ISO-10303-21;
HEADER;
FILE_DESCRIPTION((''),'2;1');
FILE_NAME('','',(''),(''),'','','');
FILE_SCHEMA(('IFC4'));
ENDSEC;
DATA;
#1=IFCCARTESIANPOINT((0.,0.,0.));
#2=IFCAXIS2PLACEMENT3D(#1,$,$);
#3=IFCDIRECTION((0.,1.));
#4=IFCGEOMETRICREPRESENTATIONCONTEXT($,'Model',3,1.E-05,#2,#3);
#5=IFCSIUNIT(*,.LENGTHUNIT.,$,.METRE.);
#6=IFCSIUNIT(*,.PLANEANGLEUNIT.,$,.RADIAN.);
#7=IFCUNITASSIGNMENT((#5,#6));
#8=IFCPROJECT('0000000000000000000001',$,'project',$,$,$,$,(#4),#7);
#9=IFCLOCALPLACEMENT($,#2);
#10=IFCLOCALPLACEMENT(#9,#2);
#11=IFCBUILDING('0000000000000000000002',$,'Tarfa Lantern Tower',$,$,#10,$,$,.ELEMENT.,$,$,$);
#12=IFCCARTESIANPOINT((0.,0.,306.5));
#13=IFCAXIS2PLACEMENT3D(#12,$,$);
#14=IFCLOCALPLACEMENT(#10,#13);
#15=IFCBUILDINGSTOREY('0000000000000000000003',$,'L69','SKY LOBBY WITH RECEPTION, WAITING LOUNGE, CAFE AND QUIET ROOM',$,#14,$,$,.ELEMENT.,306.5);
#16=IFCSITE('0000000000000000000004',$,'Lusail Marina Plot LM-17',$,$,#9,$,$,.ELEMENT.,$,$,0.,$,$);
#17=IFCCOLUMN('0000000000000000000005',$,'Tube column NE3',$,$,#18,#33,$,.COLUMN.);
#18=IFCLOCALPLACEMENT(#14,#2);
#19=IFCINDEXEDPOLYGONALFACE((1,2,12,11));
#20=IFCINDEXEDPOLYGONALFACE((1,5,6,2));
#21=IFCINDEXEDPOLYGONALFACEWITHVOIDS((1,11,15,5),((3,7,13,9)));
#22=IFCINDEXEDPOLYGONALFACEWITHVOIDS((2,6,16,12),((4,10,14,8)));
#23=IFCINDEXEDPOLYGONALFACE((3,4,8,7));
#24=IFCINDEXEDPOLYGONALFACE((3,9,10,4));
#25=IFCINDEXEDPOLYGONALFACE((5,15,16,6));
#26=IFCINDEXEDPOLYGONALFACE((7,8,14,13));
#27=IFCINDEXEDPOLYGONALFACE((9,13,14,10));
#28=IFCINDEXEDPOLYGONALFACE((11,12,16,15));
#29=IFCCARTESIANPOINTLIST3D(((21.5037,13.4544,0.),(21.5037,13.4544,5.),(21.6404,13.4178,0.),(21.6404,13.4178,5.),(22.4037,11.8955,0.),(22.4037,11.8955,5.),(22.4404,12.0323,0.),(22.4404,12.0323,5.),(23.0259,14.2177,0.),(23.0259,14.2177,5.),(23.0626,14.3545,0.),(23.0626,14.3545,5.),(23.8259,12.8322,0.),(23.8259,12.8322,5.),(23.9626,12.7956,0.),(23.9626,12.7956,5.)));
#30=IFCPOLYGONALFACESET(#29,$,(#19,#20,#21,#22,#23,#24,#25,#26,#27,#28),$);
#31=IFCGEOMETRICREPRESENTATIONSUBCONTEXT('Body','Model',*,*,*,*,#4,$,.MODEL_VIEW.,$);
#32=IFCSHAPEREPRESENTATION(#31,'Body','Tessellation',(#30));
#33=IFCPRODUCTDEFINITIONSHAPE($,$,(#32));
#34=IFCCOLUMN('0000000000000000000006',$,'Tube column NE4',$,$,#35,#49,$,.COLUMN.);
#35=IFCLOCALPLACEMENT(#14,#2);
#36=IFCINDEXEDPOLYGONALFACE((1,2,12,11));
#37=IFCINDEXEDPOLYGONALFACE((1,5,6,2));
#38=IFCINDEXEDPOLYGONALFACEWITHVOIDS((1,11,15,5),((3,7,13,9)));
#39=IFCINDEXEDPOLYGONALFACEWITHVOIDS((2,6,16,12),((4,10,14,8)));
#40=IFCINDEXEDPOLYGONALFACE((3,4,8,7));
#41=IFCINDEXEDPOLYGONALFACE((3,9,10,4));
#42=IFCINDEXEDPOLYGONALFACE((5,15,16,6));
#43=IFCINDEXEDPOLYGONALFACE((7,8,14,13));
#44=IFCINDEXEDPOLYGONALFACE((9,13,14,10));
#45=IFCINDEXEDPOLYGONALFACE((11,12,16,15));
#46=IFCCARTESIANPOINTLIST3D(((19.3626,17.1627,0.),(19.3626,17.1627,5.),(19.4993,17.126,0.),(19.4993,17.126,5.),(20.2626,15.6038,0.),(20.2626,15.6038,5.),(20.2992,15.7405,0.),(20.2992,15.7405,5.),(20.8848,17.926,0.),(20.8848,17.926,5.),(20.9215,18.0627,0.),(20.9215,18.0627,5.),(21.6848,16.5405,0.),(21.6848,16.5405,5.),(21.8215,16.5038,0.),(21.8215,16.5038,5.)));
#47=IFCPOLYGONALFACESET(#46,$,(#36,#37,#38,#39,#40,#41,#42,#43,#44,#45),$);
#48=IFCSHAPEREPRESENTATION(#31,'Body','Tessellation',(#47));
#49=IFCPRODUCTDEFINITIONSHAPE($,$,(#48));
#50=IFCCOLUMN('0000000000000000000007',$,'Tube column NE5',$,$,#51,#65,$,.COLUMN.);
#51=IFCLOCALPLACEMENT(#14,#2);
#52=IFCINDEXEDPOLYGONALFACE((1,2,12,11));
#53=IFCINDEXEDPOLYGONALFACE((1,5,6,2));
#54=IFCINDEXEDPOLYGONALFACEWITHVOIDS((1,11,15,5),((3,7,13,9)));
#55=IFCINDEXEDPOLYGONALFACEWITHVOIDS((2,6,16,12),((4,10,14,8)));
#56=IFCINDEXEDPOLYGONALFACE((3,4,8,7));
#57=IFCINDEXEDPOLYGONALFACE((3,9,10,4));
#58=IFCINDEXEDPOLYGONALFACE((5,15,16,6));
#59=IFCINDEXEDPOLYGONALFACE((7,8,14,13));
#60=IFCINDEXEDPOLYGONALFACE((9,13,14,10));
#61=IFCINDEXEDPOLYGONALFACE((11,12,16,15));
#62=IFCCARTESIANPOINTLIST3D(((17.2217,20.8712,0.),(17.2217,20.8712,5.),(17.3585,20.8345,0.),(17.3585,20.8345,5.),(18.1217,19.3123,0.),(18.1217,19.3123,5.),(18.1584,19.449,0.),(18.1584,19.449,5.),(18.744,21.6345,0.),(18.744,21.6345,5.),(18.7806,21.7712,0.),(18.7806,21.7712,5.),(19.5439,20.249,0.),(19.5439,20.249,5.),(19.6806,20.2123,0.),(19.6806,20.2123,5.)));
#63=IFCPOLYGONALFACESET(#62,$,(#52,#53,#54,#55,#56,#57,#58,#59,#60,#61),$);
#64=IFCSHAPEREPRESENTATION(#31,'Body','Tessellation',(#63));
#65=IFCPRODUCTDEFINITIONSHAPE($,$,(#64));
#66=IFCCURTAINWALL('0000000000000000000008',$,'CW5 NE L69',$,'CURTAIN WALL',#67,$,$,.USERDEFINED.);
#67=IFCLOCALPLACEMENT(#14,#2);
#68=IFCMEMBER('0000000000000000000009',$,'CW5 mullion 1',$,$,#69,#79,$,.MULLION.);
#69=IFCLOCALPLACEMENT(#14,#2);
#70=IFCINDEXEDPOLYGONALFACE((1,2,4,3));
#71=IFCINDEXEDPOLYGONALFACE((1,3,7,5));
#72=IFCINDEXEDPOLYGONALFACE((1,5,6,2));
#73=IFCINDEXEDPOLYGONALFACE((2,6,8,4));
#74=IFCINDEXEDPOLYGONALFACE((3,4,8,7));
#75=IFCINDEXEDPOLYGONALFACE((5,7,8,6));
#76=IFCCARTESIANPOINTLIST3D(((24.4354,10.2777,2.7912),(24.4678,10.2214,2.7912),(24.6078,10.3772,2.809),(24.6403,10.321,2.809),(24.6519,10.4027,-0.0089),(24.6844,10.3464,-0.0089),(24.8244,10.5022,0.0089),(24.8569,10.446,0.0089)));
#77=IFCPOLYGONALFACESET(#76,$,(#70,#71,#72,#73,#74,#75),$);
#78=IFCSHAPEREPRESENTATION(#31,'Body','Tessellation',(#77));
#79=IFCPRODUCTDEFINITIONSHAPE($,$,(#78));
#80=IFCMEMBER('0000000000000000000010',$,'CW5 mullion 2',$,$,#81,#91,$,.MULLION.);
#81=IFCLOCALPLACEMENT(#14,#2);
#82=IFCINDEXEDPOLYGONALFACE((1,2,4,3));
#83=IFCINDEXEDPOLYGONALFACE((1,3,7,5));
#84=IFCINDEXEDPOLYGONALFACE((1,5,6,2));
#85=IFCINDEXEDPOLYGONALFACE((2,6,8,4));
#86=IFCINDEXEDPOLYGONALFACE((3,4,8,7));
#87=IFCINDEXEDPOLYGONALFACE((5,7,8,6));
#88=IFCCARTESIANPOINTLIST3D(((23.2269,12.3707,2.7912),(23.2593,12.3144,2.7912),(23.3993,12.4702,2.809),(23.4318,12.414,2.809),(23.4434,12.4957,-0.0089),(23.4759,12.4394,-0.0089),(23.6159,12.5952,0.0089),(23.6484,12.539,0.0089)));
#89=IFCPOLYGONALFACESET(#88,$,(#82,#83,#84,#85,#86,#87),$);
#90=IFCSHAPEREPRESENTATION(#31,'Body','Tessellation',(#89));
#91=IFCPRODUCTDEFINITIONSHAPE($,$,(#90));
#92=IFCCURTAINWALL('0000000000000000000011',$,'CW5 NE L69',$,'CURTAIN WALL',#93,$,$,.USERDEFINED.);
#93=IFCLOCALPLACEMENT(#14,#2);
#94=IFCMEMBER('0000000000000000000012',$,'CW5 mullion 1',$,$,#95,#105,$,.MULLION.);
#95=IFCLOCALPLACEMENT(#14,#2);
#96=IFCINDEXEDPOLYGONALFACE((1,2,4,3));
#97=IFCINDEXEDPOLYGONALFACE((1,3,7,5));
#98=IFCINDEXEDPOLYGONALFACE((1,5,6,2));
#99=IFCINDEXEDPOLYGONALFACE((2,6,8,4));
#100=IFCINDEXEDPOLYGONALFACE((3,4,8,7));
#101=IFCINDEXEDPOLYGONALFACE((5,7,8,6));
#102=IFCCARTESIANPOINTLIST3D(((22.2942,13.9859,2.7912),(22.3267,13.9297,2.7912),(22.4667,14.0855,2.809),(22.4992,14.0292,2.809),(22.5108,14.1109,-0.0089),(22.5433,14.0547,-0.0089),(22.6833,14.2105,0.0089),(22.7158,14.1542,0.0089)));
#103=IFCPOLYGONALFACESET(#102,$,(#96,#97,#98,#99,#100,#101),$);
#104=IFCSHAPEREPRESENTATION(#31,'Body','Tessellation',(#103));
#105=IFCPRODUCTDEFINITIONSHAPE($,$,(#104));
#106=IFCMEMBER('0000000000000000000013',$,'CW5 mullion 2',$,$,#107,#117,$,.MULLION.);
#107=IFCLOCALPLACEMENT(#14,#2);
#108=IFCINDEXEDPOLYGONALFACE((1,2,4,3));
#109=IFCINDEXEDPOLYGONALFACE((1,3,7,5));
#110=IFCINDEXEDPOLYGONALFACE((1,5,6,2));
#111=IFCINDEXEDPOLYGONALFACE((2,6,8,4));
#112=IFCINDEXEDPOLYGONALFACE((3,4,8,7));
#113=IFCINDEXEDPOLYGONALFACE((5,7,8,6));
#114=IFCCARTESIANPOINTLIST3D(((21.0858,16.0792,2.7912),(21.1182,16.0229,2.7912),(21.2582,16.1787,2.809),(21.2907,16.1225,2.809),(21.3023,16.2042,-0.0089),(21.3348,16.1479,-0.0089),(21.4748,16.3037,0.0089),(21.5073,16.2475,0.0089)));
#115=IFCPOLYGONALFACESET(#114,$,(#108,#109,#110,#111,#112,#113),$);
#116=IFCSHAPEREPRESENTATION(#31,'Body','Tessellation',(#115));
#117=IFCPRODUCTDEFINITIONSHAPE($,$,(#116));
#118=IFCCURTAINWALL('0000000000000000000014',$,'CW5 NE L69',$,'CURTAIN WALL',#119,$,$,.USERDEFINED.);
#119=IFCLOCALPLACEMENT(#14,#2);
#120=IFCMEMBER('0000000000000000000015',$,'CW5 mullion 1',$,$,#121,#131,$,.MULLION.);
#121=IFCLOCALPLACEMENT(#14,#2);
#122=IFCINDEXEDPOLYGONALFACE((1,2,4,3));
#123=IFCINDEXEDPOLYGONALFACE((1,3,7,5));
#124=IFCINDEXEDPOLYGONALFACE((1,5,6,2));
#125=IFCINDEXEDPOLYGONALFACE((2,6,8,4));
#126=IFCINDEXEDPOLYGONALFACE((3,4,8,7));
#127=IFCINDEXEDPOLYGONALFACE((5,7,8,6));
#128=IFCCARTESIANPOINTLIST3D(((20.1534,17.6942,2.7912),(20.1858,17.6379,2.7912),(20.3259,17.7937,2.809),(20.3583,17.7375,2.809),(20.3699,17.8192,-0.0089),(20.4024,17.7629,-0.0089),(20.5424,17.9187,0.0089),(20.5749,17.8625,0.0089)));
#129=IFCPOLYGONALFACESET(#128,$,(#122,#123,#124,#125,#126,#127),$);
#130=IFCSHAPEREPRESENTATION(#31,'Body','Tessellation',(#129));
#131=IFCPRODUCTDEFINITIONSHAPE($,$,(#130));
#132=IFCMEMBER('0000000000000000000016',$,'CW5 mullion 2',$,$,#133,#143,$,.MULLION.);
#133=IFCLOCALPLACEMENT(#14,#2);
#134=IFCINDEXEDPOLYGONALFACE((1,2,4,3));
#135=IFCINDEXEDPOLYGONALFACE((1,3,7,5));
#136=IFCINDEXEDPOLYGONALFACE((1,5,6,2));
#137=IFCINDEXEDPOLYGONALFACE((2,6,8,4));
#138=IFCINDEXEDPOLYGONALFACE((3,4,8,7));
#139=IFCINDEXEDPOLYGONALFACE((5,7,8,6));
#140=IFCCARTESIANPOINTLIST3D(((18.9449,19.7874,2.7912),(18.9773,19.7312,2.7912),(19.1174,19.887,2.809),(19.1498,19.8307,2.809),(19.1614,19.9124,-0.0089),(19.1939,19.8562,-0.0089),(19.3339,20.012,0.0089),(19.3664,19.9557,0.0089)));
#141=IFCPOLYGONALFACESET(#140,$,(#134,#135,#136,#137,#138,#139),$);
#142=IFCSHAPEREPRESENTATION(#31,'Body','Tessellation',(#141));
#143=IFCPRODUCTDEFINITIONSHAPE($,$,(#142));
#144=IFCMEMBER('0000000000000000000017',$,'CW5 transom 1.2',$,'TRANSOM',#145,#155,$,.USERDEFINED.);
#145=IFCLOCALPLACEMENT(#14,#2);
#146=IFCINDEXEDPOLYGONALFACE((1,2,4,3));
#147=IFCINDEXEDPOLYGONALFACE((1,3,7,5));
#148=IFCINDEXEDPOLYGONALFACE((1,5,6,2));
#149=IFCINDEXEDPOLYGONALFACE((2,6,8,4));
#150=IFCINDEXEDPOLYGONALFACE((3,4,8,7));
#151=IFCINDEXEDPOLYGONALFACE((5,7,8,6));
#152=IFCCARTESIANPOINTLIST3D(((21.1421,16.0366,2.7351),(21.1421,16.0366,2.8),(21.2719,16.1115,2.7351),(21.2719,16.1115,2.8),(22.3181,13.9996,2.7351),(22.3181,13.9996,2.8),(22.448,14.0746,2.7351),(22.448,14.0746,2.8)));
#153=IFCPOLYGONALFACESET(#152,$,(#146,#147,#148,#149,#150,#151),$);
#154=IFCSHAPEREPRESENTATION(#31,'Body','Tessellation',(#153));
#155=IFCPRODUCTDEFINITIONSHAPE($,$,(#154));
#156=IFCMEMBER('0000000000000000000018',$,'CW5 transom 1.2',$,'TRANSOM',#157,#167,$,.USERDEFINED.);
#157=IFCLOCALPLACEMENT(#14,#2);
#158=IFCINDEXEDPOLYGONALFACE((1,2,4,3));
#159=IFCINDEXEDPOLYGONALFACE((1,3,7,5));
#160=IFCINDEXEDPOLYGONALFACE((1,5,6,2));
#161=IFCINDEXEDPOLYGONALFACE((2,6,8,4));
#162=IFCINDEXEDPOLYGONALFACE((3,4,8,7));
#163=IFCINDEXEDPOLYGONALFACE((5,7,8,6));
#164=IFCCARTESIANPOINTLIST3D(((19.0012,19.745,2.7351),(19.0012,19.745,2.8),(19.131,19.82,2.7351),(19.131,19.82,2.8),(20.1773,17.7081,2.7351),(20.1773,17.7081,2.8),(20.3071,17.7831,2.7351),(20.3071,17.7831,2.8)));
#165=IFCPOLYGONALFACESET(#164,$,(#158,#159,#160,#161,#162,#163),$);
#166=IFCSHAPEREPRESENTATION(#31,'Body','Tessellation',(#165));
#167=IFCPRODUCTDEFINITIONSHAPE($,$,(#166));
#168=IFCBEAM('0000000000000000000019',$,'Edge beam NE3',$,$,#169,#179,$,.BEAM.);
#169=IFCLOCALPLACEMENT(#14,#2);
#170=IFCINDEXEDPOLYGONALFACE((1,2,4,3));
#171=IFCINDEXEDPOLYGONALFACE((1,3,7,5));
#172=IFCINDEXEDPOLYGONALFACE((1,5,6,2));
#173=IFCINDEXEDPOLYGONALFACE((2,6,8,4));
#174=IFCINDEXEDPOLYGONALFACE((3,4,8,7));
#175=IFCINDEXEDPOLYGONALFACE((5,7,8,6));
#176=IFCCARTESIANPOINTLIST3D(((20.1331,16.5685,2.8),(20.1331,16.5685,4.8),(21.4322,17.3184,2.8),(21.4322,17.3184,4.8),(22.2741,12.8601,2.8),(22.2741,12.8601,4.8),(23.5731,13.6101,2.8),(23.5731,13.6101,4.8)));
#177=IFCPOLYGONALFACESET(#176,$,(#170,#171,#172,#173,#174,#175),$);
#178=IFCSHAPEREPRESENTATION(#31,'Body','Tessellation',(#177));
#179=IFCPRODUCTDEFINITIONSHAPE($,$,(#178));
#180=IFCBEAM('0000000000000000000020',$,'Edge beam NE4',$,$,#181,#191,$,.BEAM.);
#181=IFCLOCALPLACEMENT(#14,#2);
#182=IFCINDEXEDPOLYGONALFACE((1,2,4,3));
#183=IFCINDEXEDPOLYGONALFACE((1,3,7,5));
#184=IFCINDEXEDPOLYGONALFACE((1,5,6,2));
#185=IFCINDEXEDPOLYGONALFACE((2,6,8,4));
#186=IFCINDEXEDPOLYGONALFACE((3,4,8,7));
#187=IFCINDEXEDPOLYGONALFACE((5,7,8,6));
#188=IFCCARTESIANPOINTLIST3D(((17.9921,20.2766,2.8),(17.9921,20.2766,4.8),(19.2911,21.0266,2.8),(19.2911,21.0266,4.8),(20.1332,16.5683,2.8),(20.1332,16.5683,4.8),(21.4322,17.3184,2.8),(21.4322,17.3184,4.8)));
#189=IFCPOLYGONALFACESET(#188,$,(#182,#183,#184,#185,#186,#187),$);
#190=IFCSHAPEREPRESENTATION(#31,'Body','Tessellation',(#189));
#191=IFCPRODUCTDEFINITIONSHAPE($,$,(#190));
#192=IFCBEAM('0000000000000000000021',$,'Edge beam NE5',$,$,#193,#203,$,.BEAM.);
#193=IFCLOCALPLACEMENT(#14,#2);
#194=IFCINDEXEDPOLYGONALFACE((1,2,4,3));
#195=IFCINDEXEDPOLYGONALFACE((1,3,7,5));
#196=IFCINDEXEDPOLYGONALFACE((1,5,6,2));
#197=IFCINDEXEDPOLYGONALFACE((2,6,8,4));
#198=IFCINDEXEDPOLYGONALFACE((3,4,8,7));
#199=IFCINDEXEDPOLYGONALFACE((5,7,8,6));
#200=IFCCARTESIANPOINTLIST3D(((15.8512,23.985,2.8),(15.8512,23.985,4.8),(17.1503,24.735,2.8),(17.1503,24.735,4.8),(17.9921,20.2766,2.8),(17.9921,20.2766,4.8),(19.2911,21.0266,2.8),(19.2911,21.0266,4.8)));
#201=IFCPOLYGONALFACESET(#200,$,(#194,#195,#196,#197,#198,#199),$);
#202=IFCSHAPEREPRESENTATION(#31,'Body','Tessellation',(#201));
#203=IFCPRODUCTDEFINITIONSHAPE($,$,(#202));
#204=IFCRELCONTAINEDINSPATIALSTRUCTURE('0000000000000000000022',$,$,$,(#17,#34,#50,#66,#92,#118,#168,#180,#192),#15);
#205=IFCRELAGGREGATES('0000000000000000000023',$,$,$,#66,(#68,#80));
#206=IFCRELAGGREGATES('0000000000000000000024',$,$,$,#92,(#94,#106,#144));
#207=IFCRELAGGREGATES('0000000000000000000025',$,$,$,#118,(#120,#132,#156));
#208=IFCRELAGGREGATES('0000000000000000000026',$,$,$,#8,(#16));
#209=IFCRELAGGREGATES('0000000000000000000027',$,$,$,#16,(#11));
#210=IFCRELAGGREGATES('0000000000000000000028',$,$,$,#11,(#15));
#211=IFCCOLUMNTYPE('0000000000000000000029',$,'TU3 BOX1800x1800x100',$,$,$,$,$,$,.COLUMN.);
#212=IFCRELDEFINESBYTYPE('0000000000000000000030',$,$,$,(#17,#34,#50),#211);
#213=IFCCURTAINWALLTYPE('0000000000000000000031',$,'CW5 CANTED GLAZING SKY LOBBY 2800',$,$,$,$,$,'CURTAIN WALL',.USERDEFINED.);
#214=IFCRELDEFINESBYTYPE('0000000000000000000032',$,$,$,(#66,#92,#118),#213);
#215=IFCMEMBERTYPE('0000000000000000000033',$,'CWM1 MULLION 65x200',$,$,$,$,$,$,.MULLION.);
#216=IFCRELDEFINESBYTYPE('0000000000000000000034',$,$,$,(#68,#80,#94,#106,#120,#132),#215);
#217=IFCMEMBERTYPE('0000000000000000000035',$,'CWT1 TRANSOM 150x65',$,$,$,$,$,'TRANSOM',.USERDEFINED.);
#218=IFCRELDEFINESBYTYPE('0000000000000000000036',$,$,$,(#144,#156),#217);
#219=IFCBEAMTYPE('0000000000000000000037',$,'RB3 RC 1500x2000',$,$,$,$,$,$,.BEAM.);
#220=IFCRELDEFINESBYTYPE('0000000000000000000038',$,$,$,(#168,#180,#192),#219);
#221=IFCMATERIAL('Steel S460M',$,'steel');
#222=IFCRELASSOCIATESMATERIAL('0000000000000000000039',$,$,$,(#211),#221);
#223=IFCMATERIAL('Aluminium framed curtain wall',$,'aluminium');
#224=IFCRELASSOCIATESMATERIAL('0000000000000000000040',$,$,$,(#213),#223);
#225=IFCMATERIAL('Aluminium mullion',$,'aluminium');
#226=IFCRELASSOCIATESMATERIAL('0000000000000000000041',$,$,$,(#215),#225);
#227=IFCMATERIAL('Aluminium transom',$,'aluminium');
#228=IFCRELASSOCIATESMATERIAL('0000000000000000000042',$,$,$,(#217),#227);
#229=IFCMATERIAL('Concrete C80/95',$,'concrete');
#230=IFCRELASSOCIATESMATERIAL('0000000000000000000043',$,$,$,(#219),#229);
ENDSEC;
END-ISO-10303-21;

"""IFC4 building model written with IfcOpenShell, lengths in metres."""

from ifc_helpers import new_model, si_unit, direction, frame, origin, origin_2d, place, context, subcontext, project, spatial, rectangle, hollow_rectangle, extrude, material, material_profile, profile_set, type_object, element, aggregate, save


model = new_model("IFC4")

# Units and contexts
model_context = context("Model", 3, precision=1e-05, world=origin(), true_north=direction((0.0, 1.0)))
body_context = subcontext(model_context, "Body", "Model", "MODEL_VIEW")
ifc_project = project(units=[si_unit("LENGTHUNIT", "METRE"), si_unit("PLANEANGLEUNIT", "RADIAN")], contexts=[model_context])

# Site, building, storey
site_placement = place(None, origin())
site = spatial("IfcSite", under=ifc_project, at=site_placement, Name="Lusail Marina Plot LM-17", CompositionType="ELEMENT", RefElevation=0.0)
building_placement = place(site_placement, origin())
building = spatial("IfcBuilding", under=site, at=building_placement, Name="Tarfa Lantern Tower", CompositionType="ELEMENT")
storey_placement = place(building_placement, frame((0.0, 0.0, 306.5)))
storey = spatial("IfcBuildingStorey", under=building, at=storey_placement, Name="L69", Description="SKY LOBBY WITH RECEPTION, WAITING LOUNGE, CAFE AND QUIET ROOM", CompositionType="ELEMENT", Elevation=306.5)

# Columns
ifc_material_1 = material(Name="Steel S460M", Category="steel")
ifc_material_profile_1 = material_profile(ifc_material_1, hollow_rectangle(XDim=1.8, YDim=1.8, WallThickness=0.1001, at=origin_2d()), Name="BOX1800x1800x100")
ifc_profile_set_1 = profile_set([ifc_material_profile_1], Name="Steel S460M")
column_type = type_object("IfcColumnType", Name="TU3 BOX1800x1800x100", PredefinedType="COLUMN", material=ifc_profile_set_1)
for number, where, z_axis, x_axis, name in (
    (1, (22.7332, 13.125, 0.0), (0.0, 0.0, 1.0), (-0.5, 0.866025, 0.0), "Tube column NE3"),
    (2, (20.592, 16.8333, 0.0), (0.0, 0.0, 1.0), (-0.5, 0.866025, 0.0), "Tube column NE4"),
    (3, (18.4512, 20.5417, 0.0), (0.0, 0.0, 1.0), (-0.5, 0.866025, 0.0), "Tube column NE5"),
):
    element("IfcColumn", number, at=place(storey_placement, frame(where, z_axis=z_axis, x_axis=x_axis)), inside=storey, type_object=column_type, Name=name, PredefinedType="COLUMN", context=body_context, shape_type="SweptSolid", body=[
        extrude(hollow_rectangle(XDim=1.8, YDim=1.8, WallThickness=0.1001, at=origin_2d()), origin(), (0.0, 0.0, 1.0), 5.0),
    ])

# Curtain walls, members
ifc_material_2 = material(Name="Aluminium framed curtain wall", Category="aluminium")
curtain_wall_type = type_object("IfcCurtainWallType", Name="CW5 CANTED GLAZING SKY LOBBY 2800", ElementType="CURTAIN WALL", PredefinedType="USERDEFINED", material=ifc_material_2)
curtain_wall_1_placement = place(storey_placement, origin())
curtain_wall_1 = element("IfcCurtainWall", 4, at=curtain_wall_1_placement, inside=storey, type_object=curtain_wall_type, Name="CW5 NE L69", ObjectType="CURTAIN WALL", PredefinedType="USERDEFINED")
ifc_material_3 = material(Name="Aluminium mullion", Category="aluminium")
ifc_material_profile_2 = material_profile(ifc_material_3, rectangle(XDim=0.0649, YDim=0.2, at=origin_2d()), Name="AL MULLION 65x200")
ifc_profile_set_2 = profile_set([ifc_material_profile_2], Name="Aluminium mullion")
member_type_1 = type_object("IfcMemberType", Name="CWM1 MULLION 65x200", PredefinedType="MULLION", material=ifc_profile_set_2)
member_1_placement = place(storey_placement, frame((24.7544, 10.4243, 0.0), z_axis=(-0.077032, -0.044465, 0.996037), x_axis=(0.49992, -0.866072, 0.0)))
member_1 = element("IfcMember", 5, at=member_1_placement, type_object=member_type_1, Name="CW5 mullion 1", PredefinedType="MULLION", context=body_context, shape_type="SweptSolid", body=[
    extrude(rectangle(XDim=0.0649, YDim=0.2, at=origin_2d()), origin(), (0.0, 0.0, 1.0), 2.8113),
])
member_2_placement = place(storey_placement, frame((23.5459, 12.5173, 0.0), z_axis=(-0.077032, -0.044465, 0.996037), x_axis=(0.49992, -0.866072, 0.0)))
member_2 = element("IfcMember", 6, at=member_2_placement, type_object=member_type_1, Name="CW5 mullion 2", PredefinedType="MULLION", context=body_context, shape_type="SweptSolid", body=[
    extrude(rectangle(XDim=0.0649, YDim=0.2, at=origin_2d()), origin(), (0.0, 0.0, 1.0), 2.8113),
])
curtain_wall_2_placement = place(storey_placement, origin())
curtain_wall_2 = element("IfcCurtainWall", 7, at=curtain_wall_2_placement, inside=storey, type_object=curtain_wall_type, Name="CW5 NE L69", ObjectType="CURTAIN WALL", PredefinedType="USERDEFINED")
member_3_placement = place(storey_placement, frame((22.6133, 14.1326, 0.0), z_axis=(-0.077032, -0.044465, 0.996037), x_axis=(0.49992, -0.866072, 0.0)))
member_3 = element("IfcMember", 8, at=member_3_placement, type_object=member_type_1, Name="CW5 mullion 1", PredefinedType="MULLION", context=body_context, shape_type="SweptSolid", body=[
    extrude(rectangle(XDim=0.0649, YDim=0.2, at=origin_2d()), origin(), (0.0, 0.0, 1.0), 2.8113),
])
member_4_placement = place(storey_placement, frame((21.4048, 16.2258, 0.0), z_axis=(-0.077032, -0.044465, 0.996037), x_axis=(0.49992, -0.866072, 0.0)))
member_4 = element("IfcMember", 9, at=member_4_placement, type_object=member_type_1, Name="CW5 mullion 2", PredefinedType="MULLION", context=body_context, shape_type="SweptSolid", body=[
    extrude(rectangle(XDim=0.0649, YDim=0.2, at=origin_2d()), origin(), (0.0, 0.0, 1.0), 2.8113),
])
curtain_wall_3_placement = place(storey_placement, origin())
curtain_wall_3 = element("IfcCurtainWall", 10, at=curtain_wall_3_placement, inside=storey, type_object=curtain_wall_type, Name="CW5 NE L69", ObjectType="CURTAIN WALL", PredefinedType="USERDEFINED")
member_5_placement = place(storey_placement, frame((20.4724, 17.8408, 0.0), z_axis=(-0.077032, -0.044465, 0.996037), x_axis=(0.49992, -0.866072, 0.0)))
member_5 = element("IfcMember", 11, at=member_5_placement, type_object=member_type_1, Name="CW5 mullion 1", PredefinedType="MULLION", context=body_context, shape_type="SweptSolid", body=[
    extrude(rectangle(XDim=0.0649, YDim=0.2, at=origin_2d()), origin(), (0.0, 0.0, 1.0), 2.8113),
])
member_6_placement = place(storey_placement, frame((19.2639, 19.9341, 0.0), z_axis=(-0.077032, -0.044465, 0.996037), x_axis=(0.49992, -0.866072, 0.0)))
member_6 = element("IfcMember", 12, at=member_6_placement, type_object=member_type_1, Name="CW5 mullion 2", PredefinedType="MULLION", context=body_context, shape_type="SweptSolid", body=[
    extrude(rectangle(XDim=0.0649, YDim=0.2, at=origin_2d()), origin(), (0.0, 0.0, 1.0), 2.8113),
])

# Members
ifc_material_4 = material(Name="Aluminium transom", Category="aluminium")
ifc_material_profile_3 = material_profile(ifc_material_4, rectangle(XDim=0.1499, YDim=0.0649, at=origin_2d()), Name="AL TRANSOM 150x65")
ifc_profile_set_3 = profile_set([ifc_material_profile_3], Name="Aluminium transom")
member_type_2 = type_object("IfcMemberType", Name="CWT1 TRANSOM 150x65", ElementType="TRANSOM", PredefinedType="USERDEFINED", material=ifc_profile_set_3)
member_7_placement = place(storey_placement, frame((22.3831, 14.0371, 2.7676), z_axis=(-0.500013, 0.866018, 0.0), x_axis=(-0.866018, -0.500013, 0.0)))
member_7 = element("IfcMember", 13, at=member_7_placement, type_object=member_type_2, Name="CW5 transom 1.2", ObjectType="TRANSOM", PredefinedType="USERDEFINED", context=body_context, shape_type="SweptSolid", body=[
    extrude(rectangle(XDim=0.1499, YDim=0.0649, at=origin_2d()), origin(), (0.0, 0.0, 1.0), 2.3521),
])
member_8_placement = place(storey_placement, frame((20.2422, 17.7456, 2.7676), z_axis=(-0.500013, 0.866018, 0.0), x_axis=(-0.866018, -0.500013, 0.0)))
member_8 = element("IfcMember", 14, at=member_8_placement, type_object=member_type_2, Name="CW5 transom 1.2", ObjectType="TRANSOM", PredefinedType="USERDEFINED", context=body_context, shape_type="SweptSolid", body=[
    extrude(rectangle(XDim=0.1499, YDim=0.0649, at=origin_2d()), origin(), (0.0, 0.0, 1.0), 2.3521),
])

# Beams
ifc_material_5 = material(Name="Concrete C80/95", Category="concrete")
ifc_material_profile_4 = material_profile(ifc_material_5, rectangle(XDim=1.5, YDim=2.0, at=origin_2d()), Name="RC 1500x2000")
ifc_profile_set_4 = profile_set([ifc_material_profile_4], Name="Concrete C80/95")
beam_type_1 = type_object("IfcBeamType", Name="RB3 RC 1500x2000", PredefinedType="BEAM", material=ifc_profile_set_4)
for number, where, z_axis, x_axis, name in (
    (15, (22.9236, 13.2351, 3.8), (-0.499984, 0.866035, 0.0), (-0.866035, -0.499984, 0.0), "Edge beam NE3"),
    (16, (20.7827, 16.9434, 3.8), (-0.500027, 0.86601, 0.0), (-0.86601, -0.500027, 0.0), "Edge beam NE4"),
    (17, (18.6416, 20.6516, 3.8), (-0.499959, 0.866049, 0.0), (-0.866049, -0.499959, 0.0), "Edge beam NE5"),
):
    element("IfcBeam", number, at=place(storey_placement, frame(where, z_axis=z_axis, x_axis=x_axis)), inside=storey, type_object=beam_type_1, Name=name, PredefinedType="BEAM", context=body_context, shape_type="SweptSolid", body=[
        extrude(rectangle(XDim=1.5, YDim=2.0, at=origin_2d()), origin(), (0.0, 0.0, 1.0), 4.282),
    ])

aggregate(curtain_wall_1, [member_1, member_2])
aggregate(curtain_wall_2, [member_3, member_4, member_7])
aggregate(curtain_wall_3, [member_5, member_6, member_8])

save(model, "model.ifc")
